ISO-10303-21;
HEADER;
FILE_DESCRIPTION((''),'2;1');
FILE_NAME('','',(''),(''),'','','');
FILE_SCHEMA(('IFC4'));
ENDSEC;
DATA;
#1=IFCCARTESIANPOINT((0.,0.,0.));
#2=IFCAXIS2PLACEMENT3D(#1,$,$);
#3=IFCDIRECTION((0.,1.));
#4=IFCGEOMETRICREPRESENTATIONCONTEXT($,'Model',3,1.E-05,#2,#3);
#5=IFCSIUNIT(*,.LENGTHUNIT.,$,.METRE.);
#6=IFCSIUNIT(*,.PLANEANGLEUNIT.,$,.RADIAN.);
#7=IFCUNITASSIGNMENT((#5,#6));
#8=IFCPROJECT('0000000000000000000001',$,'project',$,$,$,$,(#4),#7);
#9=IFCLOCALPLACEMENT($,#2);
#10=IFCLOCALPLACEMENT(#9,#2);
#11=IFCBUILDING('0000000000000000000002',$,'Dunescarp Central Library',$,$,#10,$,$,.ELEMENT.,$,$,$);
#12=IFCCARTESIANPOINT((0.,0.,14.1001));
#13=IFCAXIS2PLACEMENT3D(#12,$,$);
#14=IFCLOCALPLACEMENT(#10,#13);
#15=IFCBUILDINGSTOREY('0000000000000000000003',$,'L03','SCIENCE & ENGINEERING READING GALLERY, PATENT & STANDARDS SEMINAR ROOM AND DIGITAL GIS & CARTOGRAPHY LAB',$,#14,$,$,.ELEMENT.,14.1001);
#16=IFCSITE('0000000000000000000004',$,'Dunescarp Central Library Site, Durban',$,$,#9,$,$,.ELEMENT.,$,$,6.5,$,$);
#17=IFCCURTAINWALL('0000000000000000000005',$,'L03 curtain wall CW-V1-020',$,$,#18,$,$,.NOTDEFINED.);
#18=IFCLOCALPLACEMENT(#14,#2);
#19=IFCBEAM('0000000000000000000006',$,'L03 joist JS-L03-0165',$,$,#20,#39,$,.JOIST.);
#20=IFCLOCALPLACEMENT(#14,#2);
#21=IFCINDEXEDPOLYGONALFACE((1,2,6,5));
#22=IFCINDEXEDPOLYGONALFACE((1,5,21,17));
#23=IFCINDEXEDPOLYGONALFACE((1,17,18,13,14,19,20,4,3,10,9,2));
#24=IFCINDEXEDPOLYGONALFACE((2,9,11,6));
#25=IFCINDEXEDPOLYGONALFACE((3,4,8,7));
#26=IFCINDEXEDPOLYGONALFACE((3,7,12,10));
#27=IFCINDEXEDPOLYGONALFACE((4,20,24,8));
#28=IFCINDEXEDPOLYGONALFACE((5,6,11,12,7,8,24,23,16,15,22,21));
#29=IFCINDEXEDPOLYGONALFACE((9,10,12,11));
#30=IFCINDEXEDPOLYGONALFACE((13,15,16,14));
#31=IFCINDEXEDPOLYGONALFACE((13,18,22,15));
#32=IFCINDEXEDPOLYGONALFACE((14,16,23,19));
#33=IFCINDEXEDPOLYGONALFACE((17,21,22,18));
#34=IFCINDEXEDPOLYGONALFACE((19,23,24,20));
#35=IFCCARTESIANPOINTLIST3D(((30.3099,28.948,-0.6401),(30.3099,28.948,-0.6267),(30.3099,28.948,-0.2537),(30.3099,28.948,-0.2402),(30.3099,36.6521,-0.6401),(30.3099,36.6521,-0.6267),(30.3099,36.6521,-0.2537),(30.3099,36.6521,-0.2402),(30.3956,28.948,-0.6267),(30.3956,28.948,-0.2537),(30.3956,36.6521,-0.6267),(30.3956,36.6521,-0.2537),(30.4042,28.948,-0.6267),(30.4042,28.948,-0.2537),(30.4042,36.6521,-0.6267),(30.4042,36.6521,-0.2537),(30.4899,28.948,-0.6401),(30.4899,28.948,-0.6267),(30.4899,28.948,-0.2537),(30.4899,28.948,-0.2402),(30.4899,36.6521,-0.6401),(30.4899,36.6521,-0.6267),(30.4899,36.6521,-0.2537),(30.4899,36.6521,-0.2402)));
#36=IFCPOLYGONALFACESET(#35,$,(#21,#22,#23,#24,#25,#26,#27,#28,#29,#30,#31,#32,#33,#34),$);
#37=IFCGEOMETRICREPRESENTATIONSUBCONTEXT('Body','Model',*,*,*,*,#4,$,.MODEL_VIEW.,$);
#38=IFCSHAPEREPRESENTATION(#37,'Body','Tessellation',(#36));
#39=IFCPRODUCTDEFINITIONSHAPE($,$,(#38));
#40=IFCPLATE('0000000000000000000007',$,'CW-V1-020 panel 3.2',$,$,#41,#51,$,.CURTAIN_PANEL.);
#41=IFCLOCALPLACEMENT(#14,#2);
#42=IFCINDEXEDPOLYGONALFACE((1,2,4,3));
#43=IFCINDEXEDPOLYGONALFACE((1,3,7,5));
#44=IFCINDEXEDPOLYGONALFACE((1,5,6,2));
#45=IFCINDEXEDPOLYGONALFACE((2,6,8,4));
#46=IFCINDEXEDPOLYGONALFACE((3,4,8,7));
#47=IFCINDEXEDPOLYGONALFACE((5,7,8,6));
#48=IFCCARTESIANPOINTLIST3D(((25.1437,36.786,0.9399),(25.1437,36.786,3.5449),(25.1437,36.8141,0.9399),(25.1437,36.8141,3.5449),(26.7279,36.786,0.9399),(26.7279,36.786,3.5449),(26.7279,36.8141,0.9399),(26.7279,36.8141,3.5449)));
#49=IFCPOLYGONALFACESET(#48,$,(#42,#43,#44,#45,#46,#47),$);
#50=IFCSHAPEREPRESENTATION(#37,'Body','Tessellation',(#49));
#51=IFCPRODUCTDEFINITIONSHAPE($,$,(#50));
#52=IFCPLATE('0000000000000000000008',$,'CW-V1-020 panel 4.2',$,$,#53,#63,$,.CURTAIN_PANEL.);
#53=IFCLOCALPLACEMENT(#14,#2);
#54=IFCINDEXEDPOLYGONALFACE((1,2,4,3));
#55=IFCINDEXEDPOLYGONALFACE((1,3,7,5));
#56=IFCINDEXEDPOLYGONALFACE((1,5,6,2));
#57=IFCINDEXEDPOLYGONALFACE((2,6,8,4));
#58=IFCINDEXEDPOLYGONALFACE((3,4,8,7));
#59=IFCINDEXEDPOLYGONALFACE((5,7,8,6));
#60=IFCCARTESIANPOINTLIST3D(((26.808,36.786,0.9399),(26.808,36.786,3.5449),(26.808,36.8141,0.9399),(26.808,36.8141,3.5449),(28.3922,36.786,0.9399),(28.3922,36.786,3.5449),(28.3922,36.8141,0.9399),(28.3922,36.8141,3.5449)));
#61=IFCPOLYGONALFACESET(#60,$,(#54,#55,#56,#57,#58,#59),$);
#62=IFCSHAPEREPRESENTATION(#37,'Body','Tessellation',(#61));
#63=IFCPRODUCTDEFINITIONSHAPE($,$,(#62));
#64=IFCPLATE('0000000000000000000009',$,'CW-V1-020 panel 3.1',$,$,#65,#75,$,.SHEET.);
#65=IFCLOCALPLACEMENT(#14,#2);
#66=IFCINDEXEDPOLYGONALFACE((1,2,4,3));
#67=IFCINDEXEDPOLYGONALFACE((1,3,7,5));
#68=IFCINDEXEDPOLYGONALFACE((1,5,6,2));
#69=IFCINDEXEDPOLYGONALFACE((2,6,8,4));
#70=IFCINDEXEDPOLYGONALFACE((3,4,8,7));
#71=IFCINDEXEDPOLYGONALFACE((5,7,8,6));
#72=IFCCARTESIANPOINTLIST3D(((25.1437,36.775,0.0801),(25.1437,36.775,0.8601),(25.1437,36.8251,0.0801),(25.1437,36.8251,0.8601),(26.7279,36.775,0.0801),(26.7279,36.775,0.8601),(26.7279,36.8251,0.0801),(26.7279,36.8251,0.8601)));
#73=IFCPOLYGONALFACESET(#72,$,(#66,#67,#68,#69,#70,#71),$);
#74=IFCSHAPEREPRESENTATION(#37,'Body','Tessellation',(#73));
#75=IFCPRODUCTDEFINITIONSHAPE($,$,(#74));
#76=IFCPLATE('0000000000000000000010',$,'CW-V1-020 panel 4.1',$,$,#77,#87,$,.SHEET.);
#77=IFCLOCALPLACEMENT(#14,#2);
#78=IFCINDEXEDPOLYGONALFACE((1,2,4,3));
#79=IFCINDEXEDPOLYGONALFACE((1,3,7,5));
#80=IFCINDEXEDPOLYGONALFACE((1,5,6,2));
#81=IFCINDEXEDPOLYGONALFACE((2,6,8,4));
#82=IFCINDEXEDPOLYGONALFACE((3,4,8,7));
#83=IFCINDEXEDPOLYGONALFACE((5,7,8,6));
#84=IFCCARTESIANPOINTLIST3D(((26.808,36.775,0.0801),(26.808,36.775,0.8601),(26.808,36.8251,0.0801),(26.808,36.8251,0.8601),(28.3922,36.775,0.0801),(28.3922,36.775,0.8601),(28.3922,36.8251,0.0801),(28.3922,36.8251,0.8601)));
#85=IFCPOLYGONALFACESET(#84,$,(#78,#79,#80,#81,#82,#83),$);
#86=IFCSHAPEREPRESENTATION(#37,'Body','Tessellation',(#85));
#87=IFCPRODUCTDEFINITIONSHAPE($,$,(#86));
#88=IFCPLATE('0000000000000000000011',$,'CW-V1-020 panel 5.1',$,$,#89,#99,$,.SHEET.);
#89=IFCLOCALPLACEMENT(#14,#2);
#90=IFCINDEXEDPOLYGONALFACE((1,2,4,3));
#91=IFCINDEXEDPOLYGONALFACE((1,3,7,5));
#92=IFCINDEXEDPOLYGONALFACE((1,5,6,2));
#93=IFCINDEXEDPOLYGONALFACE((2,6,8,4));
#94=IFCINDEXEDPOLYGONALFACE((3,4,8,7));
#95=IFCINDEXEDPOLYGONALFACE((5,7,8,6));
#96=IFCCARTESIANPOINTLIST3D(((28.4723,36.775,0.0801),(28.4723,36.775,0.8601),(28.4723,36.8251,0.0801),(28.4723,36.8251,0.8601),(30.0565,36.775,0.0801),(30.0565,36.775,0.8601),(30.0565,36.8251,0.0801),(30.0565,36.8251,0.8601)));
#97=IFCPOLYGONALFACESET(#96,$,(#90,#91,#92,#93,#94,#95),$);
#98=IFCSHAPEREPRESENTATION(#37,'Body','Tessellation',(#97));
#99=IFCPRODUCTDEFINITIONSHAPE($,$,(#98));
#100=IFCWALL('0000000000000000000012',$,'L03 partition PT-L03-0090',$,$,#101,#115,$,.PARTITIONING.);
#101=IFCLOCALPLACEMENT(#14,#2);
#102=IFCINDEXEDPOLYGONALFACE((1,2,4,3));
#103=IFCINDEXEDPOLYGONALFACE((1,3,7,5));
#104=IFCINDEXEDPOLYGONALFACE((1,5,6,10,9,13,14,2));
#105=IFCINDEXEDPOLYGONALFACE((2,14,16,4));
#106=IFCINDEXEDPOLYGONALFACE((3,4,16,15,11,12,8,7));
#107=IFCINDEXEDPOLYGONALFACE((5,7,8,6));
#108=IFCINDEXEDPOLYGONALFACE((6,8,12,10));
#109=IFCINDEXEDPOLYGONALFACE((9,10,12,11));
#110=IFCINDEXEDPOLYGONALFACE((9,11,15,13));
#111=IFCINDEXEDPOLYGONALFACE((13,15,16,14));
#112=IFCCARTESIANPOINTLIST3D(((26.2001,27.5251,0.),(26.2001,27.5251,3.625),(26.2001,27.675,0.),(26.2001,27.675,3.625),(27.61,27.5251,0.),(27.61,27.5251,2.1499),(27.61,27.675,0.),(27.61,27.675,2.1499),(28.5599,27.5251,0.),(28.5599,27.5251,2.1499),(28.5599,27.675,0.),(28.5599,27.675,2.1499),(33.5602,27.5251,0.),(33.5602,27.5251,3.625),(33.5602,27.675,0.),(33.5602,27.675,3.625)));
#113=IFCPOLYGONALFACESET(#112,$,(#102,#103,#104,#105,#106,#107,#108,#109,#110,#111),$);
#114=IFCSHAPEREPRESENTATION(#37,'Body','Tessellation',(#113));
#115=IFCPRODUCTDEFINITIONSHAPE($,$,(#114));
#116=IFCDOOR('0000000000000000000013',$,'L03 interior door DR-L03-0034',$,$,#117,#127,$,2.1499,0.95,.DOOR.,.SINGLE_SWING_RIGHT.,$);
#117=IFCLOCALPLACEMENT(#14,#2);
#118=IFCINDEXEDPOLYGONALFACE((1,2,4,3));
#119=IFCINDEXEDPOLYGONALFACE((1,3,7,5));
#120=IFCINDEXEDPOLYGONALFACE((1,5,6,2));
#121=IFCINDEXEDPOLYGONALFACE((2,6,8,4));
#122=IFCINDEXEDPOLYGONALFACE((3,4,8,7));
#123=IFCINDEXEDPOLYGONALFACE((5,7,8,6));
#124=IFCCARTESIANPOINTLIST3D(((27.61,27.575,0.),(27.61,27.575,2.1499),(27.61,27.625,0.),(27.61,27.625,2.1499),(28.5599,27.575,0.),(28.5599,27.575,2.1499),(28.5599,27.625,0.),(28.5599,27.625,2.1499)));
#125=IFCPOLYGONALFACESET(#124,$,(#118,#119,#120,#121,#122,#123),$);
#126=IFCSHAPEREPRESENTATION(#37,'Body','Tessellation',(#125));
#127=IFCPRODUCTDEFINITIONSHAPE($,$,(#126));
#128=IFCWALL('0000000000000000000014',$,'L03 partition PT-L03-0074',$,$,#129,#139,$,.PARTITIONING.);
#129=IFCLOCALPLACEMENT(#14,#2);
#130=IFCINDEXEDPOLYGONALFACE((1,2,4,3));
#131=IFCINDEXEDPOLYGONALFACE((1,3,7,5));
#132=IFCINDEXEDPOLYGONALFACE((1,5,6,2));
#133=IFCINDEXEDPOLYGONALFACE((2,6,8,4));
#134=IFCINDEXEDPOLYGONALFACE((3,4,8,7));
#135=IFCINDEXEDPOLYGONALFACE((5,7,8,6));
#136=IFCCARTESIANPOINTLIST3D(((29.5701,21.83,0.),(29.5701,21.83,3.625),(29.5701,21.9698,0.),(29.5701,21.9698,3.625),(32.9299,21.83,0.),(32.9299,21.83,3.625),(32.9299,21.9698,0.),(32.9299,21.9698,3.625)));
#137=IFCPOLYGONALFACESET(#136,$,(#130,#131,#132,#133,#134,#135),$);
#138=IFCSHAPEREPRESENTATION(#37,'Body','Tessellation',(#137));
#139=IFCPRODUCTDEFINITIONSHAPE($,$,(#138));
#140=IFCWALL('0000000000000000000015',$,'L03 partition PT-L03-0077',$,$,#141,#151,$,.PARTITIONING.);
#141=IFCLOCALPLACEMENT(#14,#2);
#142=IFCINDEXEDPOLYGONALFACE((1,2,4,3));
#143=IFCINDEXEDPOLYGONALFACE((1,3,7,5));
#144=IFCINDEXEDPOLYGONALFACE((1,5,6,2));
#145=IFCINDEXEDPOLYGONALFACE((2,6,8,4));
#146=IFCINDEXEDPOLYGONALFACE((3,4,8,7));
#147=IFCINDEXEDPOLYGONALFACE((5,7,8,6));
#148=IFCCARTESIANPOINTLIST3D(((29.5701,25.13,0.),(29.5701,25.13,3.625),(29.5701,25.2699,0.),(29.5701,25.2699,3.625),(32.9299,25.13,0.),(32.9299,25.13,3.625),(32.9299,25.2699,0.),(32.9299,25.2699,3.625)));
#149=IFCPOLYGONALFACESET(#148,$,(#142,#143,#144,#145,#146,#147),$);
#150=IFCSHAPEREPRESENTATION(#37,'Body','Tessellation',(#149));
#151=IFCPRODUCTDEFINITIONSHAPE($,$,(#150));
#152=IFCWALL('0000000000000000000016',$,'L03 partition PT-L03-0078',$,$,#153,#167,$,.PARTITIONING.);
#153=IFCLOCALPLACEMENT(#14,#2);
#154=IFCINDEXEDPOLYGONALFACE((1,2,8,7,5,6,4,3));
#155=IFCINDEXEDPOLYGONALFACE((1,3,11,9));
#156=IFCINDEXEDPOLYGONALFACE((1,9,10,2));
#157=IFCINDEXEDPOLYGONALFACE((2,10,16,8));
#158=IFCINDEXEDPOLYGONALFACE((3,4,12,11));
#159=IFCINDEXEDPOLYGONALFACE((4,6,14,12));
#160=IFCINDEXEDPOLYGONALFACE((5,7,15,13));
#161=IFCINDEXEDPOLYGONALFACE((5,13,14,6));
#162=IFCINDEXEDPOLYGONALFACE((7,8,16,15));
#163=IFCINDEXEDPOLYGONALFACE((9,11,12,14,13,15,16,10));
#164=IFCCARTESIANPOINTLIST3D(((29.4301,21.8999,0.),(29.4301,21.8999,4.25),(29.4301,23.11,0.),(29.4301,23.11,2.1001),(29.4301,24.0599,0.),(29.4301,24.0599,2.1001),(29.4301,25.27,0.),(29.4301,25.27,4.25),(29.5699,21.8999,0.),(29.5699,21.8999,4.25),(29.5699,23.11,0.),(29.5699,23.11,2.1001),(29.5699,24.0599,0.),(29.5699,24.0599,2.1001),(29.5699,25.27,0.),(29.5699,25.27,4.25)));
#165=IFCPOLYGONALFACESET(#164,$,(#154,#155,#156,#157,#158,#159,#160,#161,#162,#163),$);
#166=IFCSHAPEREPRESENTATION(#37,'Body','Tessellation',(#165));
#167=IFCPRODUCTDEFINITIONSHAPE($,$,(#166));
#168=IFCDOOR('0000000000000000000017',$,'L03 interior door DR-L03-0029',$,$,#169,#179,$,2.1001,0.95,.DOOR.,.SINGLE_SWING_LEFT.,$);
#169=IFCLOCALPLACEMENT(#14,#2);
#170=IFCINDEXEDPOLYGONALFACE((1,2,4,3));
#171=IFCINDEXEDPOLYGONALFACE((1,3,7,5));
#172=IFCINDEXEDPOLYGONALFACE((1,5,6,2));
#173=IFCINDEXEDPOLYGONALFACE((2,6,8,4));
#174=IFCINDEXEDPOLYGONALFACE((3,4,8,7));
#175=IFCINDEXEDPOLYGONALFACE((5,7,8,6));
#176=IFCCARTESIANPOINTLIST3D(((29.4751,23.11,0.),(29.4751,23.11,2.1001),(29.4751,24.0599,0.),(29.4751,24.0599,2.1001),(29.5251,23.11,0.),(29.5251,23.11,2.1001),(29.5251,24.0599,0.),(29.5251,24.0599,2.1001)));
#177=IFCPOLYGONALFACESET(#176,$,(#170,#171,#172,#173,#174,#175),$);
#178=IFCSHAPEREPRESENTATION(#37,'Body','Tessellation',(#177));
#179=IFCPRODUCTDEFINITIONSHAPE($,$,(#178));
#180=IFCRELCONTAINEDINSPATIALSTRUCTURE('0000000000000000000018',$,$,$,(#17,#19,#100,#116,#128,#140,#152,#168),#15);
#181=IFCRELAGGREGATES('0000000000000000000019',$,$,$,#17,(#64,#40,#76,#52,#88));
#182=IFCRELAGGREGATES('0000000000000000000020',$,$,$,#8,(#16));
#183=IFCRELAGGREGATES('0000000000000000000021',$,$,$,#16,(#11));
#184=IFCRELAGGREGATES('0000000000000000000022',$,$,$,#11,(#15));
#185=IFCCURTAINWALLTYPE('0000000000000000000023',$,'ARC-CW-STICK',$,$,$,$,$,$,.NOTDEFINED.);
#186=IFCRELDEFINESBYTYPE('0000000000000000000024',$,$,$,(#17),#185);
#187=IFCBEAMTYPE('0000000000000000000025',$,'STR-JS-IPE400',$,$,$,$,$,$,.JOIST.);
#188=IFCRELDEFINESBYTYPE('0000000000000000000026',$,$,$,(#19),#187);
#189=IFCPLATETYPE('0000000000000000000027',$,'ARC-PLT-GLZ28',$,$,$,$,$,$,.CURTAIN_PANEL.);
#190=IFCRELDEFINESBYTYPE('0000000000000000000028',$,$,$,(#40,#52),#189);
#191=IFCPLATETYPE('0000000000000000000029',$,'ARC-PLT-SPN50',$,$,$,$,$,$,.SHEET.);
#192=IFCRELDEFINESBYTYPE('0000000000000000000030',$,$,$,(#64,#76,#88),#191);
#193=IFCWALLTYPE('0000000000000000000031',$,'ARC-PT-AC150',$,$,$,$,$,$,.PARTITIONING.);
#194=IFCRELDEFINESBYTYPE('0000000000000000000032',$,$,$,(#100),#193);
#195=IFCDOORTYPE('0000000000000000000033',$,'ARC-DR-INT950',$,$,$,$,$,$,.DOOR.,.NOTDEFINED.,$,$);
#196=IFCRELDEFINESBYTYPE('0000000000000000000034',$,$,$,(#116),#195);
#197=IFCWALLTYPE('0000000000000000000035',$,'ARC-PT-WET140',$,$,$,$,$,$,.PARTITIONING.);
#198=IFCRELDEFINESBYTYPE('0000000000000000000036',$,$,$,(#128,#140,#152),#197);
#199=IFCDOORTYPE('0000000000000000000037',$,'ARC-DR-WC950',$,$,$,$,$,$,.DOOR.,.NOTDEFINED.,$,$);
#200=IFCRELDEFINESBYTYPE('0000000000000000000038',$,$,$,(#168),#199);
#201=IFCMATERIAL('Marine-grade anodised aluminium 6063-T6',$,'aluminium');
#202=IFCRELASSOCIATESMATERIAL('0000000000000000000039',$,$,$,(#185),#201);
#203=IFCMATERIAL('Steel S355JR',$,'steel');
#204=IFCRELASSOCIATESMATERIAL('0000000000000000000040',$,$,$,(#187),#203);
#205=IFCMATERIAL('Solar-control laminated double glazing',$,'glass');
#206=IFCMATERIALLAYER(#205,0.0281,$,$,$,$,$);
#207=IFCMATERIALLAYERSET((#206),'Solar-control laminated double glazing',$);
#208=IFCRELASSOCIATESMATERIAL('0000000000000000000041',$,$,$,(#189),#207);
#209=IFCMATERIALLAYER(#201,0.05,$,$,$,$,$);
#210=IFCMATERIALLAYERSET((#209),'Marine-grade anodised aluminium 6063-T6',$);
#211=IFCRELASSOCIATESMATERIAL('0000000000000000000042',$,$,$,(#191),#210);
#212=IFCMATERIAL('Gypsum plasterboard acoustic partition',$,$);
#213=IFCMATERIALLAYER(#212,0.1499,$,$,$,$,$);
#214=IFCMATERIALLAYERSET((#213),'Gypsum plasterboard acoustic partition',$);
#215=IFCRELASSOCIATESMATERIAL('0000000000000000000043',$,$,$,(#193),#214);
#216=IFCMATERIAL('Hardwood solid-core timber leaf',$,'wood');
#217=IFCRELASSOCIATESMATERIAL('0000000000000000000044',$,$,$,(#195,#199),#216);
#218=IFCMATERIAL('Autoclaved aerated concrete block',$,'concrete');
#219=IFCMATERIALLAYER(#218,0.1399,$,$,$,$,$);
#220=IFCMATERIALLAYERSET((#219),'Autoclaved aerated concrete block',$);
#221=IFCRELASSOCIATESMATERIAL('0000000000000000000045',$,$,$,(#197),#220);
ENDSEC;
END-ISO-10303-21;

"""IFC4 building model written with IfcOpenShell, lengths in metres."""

from ifc_helpers import new_model, si_unit, direction, frame, frame_2d, origin, origin_2d, place, context, subcontext, project, spatial, rectangle, i_section, extrude, material, layer, layer_set, material_profile, profile_set, type_object, element, fill, aggregate, save


model = new_model("IFC4")

# Units and contexts
model_context = context("Model", 3, precision=1e-05, world=origin(), true_north=direction((0.0, 1.0)))
body_context = subcontext(model_context, "Body", "Model", "MODEL_VIEW")
ifc_project = project(units=[si_unit("LENGTHUNIT", "METRE"), si_unit("PLANEANGLEUNIT", "RADIAN")], contexts=[model_context])

# Site, building, storey
site_placement = place(None, origin())
site = spatial("IfcSite", under=ifc_project, at=site_placement, Name="Dunescarp Central Library Site, Durban", CompositionType="ELEMENT", RefElevation=6.5)
building_placement = place(site_placement, origin())
building = spatial("IfcBuilding", under=site, at=building_placement, Name="Dunescarp Central Library", CompositionType="ELEMENT")
storey_placement = place(building_placement, frame((0.0, 0.0, 14.1001)))
storey = spatial("IfcBuildingStorey", under=building, at=storey_placement, Name="L03", Description="SCIENCE & ENGINEERING READING GALLERY, PATENT & STANDARDS SEMINAR ROOM AND DIGITAL GIS & CARTOGRAPHY LAB", CompositionType="ELEMENT", Elevation=14.1001)

# Shared definitions
ifc_material_1 = material(Name="Steel S355JR", Category="steel")

# Curtain wall
ifc_material_2 = material(Name="Marine-grade anodised aluminium 6063-T6", Category="aluminium")
curtain_wall_type = type_object("IfcCurtainWallType", Name="ARC-CW-STICK", PredefinedType="NOTDEFINED", material=ifc_material_2)
curtain_wall_placement = place(storey_placement, origin())
curtain_wall = element("IfcCurtainWall", 1, at=curtain_wall_placement, inside=storey, type_object=curtain_wall_type, Name="L03 curtain wall CW-V1-020", PredefinedType="NOTDEFINED")

# Beam
ifc_material_profile_1 = material_profile(ifc_material_1, i_section(OverallWidth=0.1799, OverallDepth=0.3999, WebThickness=0.0085, FlangeThickness=0.0134, at=origin_2d()), Name="IPE 400")
ifc_profile_set_1 = profile_set([ifc_material_profile_1], Name="Steel S355JR")
beam_type = type_object("IfcBeamType", Name="STR-JS-IPE400", PredefinedType="JOIST", material=ifc_profile_set_1)
for number, where, z_axis, x_axis, name in (
    (2, (30.3999, 28.948, -0.4402), (0.0, 1.0, 0.0), (-1.0, 0.0, 0.0), "L03 joist JS-L03-0165"),
):
    element("IfcBeam", number, at=place(storey_placement, frame(where, z_axis=z_axis, x_axis=x_axis)), inside=storey, type_object=beam_type, Name=name, PredefinedType="JOIST", context=body_context, shape_type="SweptSolid", body=[
        extrude(i_section(OverallWidth=0.1799, OverallDepth=0.3999, WebThickness=0.0085, FlangeThickness=0.0134, at=origin_2d()), origin(), (0.0, 0.0, 1.0), 7.7041),
    ])

# Plates
ifc_material_3 = material(Name="Solar-control laminated double glazing", Category="glass")
ifc_layer_1 = layer(ifc_material_3, 0.0281)
ifc_layer_set_1 = layer_set([ifc_layer_1], Name="Solar-control laminated double glazing")
plate_type_1 = type_object("IfcPlateType", Name="ARC-PLT-GLZ28", PredefinedType="CURTAIN_PANEL", material=ifc_layer_set_1)
plate_1_placement = place(storey_placement, frame((25.9358, 36.8, 0.9399), z_axis=(0.0, 0.0, 1.0), x_axis=(1.0, 0.0, 0.0)))
plate_1 = element("IfcPlate", 3, at=plate_1_placement, type_object=plate_type_1, Name="CW-V1-020 panel 3.2", PredefinedType="CURTAIN_PANEL", context=body_context, shape_type="SweptSolid", body=[
    extrude(rectangle(XDim=1.5842, YDim=0.0281, at=origin_2d()), origin(), (0.0, 0.0, 1.0), 2.605),
])
plate_2_placement = place(storey_placement, frame((27.6001, 36.8, 0.9399), z_axis=(0.0, 0.0, 1.0), x_axis=(1.0, 0.0, 0.0)))
plate_2 = element("IfcPlate", 4, at=plate_2_placement, type_object=plate_type_1, Name="CW-V1-020 panel 4.2", PredefinedType="CURTAIN_PANEL", context=body_context, shape_type="SweptSolid", body=[
    extrude(rectangle(XDim=1.5842, YDim=0.0281, at=origin_2d()), origin(), (0.0, 0.0, 1.0), 2.605),
])
ifc_layer_2 = layer(ifc_material_2, 0.05)
ifc_layer_set_2 = layer_set([ifc_layer_2], Name="Marine-grade anodised aluminium 6063-T6")
plate_type_2 = type_object("IfcPlateType", Name="ARC-PLT-SPN50", PredefinedType="SHEET", material=ifc_layer_set_2)
plate_3_placement = place(storey_placement, frame((25.9358, 36.8, 0.0801), z_axis=(0.0, 0.0, 1.0), x_axis=(1.0, 0.0, 0.0)))
plate_3 = element("IfcPlate", 5, at=plate_3_placement, type_object=plate_type_2, Name="CW-V1-020 panel 3.1", PredefinedType="SHEET", context=body_context, shape_type="SweptSolid", body=[
    extrude(rectangle(XDim=1.5842, YDim=0.05, at=origin_2d()), origin(), (0.0, 0.0, 1.0), 0.78),
])
plate_4_placement = place(storey_placement, frame((27.6001, 36.8, 0.0801), z_axis=(0.0, 0.0, 1.0), x_axis=(1.0, 0.0, 0.0)))
plate_4 = element("IfcPlate", 6, at=plate_4_placement, type_object=plate_type_2, Name="CW-V1-020 panel 4.1", PredefinedType="SHEET", context=body_context, shape_type="SweptSolid", body=[
    extrude(rectangle(XDim=1.5842, YDim=0.05, at=origin_2d()), origin(), (0.0, 0.0, 1.0), 0.78),
])
plate_5_placement = place(storey_placement, frame((29.2644, 36.8, 0.0801), z_axis=(0.0, 0.0, 1.0), x_axis=(1.0, 0.0, 0.0)))
plate_5 = element("IfcPlate", 7, at=plate_5_placement, type_object=plate_type_2, Name="CW-V1-020 panel 5.1", PredefinedType="SHEET", context=body_context, shape_type="SweptSolid", body=[
    extrude(rectangle(XDim=1.5842, YDim=0.05, at=origin_2d()), origin(), (0.0, 0.0, 1.0), 0.78),
])
aggregate(curtain_wall, [plate_3, plate_1, plate_4, plate_2, plate_5])

# Wall, opening, door
ifc_material_4 = material(Name="Gypsum plasterboard acoustic partition")
ifc_layer_3 = layer(ifc_material_4, 0.1499)
ifc_layer_set_3 = layer_set([ifc_layer_3], Name="Gypsum plasterboard acoustic partition")
wall_type_1 = type_object("IfcWallType", Name="ARC-PT-AC150", PredefinedType="PARTITIONING", material=ifc_layer_set_3)
wall_1_placement = place(storey_placement, frame((26.2, 27.6001, 0.0), z_axis=(0.0, 0.0, 1.0), x_axis=(1.0, 0.0, 0.0)))
wall_1 = element("IfcWall", 8, at=wall_1_placement, inside=storey, type_object=wall_type_1, Name="L03 partition PT-L03-0090", PredefinedType="PARTITIONING", context=body_context, shape_type="SweptSolid", body=[
    extrude(rectangle(XDim=7.3601, YDim=0.1499, at=frame_2d((3.6802, 0.0))), origin(), (0.0, 0.0, 1.0), 3.625),
])
opening_1_placement = place(wall_1_placement, frame((1.4099, 0.0, 0.0)))
opening_1 = element("IfcOpeningElement", 9, at=opening_1_placement, cuts=wall_1, PredefinedType="OPENING", context=body_context, shape_type="SweptSolid", body=[
    extrude(rectangle(XDim=0.95, YDim=2.1499, at=frame_2d((0.4751, 1.075))), frame((0.0, 0.085, 0.0), z_axis=(0.0, -1.0, 0.0), x_axis=(1.0, 0.0, 0.0)), (0.0, 0.0, 1.0), 0.1699),
])
ifc_material_5 = material(Name="Hardwood solid-core timber leaf", Category="wood")
door_type_1 = type_object("IfcDoorType", Name="ARC-DR-INT950", OperationType="NOTDEFINED", PredefinedType="DOOR", material=ifc_material_5)
door_1_placement = place(opening_1_placement, origin())
door_1 = element("IfcDoor", 10, at=door_1_placement, inside=storey, type_object=door_type_1, Name="L03 interior door DR-L03-0034", OperationType="SINGLE_SWING_RIGHT", OverallHeight=2.1499, OverallWidth=0.95, PredefinedType="DOOR", context=body_context, shape_type="SweptSolid", body=[
    extrude(rectangle(XDim=0.95, YDim=2.1499, at=frame_2d((0.4751, 1.075))), frame((0.0, 0.0249, 0.0), z_axis=(0.0, -1.0, 0.0), x_axis=(1.0, 0.0, 0.0)), (0.0, 0.0, 1.0), 0.05),
])
fill(opening_1, door_1)

# Walls
ifc_material_6 = material(Name="Autoclaved aerated concrete block", Category="concrete")
ifc_layer_4 = layer(ifc_material_6, 0.1399)
ifc_layer_set_4 = layer_set([ifc_layer_4], Name="Autoclaved aerated concrete block")
wall_type_2 = type_object("IfcWallType", Name="ARC-PT-WET140", PredefinedType="PARTITIONING", material=ifc_layer_set_4)
for number, where, z_axis, x_axis, name in (
    (11, (29.5701, 21.8999, 0.0), (0.0, 0.0, 1.0), (1.0, 0.0, 0.0), "L03 partition PT-L03-0074"),
    (12, (29.5701, 25.2, 0.0), (0.0, 0.0, 1.0), (1.0, 0.0, 0.0), "L03 partition PT-L03-0077"),
):
    element("IfcWall", number, at=place(storey_placement, frame(where, z_axis=z_axis, x_axis=x_axis)), inside=storey, type_object=wall_type_2, Name=name, PredefinedType="PARTITIONING", context=body_context, shape_type="SweptSolid", body=[
        extrude(rectangle(XDim=3.3599, YDim=0.1399, at=frame_2d((1.6799, 0.0))), origin(), (0.0, 0.0, 1.0), 3.625),
    ])

# Wall, opening, door
wall_2_placement = place(storey_placement, frame((29.5, 21.8999, 0.0), z_axis=(0.0, 0.0, 1.0), x_axis=(0.0, 1.0, 0.0)))
wall_2 = element("IfcWall", 13, at=wall_2_placement, inside=storey, type_object=wall_type_2, Name="L03 partition PT-L03-0078", PredefinedType="PARTITIONING", context=body_context, shape_type="SweptSolid", body=[
    extrude(rectangle(XDim=3.3701, YDim=0.1399, at=frame_2d((1.6851, 0.0))), origin(), (0.0, 0.0, 1.0), 4.25),
])
opening_2_placement = place(wall_2_placement, frame((1.21, 0.0, 0.0)))
opening_2 = element("IfcOpeningElement", 14, at=opening_2_placement, cuts=wall_2, PredefinedType="OPENING", context=body_context, shape_type="SweptSolid", body=[
    extrude(rectangle(XDim=0.95, YDim=2.1001, at=frame_2d((0.4751, 1.05))), frame((0.0, 0.0801, 0.0), z_axis=(0.0, -1.0, 0.0), x_axis=(1.0, 0.0, 0.0)), (0.0, 0.0, 1.0), 0.1599),
])
door_type_2 = type_object("IfcDoorType", Name="ARC-DR-WC950", OperationType="NOTDEFINED", PredefinedType="DOOR", material=ifc_material_5)
door_2_placement = place(opening_2_placement, origin())
door_2 = element("IfcDoor", 15, at=door_2_placement, inside=storey, type_object=door_type_2, Name="L03 interior door DR-L03-0029", OperationType="SINGLE_SWING_LEFT", OverallHeight=2.1001, OverallWidth=0.95, PredefinedType="DOOR", context=body_context, shape_type="SweptSolid", body=[
    extrude(rectangle(XDim=0.95, YDim=2.1001, at=frame_2d((0.4751, 1.05))), frame((0.0, 0.0249, 0.0), z_axis=(0.0, -1.0, 0.0), x_axis=(1.0, 0.0, 0.0)), (0.0, 0.0, 1.0), 0.05),
])
fill(opening_2, door_2)

save(model, "model.ifc")
